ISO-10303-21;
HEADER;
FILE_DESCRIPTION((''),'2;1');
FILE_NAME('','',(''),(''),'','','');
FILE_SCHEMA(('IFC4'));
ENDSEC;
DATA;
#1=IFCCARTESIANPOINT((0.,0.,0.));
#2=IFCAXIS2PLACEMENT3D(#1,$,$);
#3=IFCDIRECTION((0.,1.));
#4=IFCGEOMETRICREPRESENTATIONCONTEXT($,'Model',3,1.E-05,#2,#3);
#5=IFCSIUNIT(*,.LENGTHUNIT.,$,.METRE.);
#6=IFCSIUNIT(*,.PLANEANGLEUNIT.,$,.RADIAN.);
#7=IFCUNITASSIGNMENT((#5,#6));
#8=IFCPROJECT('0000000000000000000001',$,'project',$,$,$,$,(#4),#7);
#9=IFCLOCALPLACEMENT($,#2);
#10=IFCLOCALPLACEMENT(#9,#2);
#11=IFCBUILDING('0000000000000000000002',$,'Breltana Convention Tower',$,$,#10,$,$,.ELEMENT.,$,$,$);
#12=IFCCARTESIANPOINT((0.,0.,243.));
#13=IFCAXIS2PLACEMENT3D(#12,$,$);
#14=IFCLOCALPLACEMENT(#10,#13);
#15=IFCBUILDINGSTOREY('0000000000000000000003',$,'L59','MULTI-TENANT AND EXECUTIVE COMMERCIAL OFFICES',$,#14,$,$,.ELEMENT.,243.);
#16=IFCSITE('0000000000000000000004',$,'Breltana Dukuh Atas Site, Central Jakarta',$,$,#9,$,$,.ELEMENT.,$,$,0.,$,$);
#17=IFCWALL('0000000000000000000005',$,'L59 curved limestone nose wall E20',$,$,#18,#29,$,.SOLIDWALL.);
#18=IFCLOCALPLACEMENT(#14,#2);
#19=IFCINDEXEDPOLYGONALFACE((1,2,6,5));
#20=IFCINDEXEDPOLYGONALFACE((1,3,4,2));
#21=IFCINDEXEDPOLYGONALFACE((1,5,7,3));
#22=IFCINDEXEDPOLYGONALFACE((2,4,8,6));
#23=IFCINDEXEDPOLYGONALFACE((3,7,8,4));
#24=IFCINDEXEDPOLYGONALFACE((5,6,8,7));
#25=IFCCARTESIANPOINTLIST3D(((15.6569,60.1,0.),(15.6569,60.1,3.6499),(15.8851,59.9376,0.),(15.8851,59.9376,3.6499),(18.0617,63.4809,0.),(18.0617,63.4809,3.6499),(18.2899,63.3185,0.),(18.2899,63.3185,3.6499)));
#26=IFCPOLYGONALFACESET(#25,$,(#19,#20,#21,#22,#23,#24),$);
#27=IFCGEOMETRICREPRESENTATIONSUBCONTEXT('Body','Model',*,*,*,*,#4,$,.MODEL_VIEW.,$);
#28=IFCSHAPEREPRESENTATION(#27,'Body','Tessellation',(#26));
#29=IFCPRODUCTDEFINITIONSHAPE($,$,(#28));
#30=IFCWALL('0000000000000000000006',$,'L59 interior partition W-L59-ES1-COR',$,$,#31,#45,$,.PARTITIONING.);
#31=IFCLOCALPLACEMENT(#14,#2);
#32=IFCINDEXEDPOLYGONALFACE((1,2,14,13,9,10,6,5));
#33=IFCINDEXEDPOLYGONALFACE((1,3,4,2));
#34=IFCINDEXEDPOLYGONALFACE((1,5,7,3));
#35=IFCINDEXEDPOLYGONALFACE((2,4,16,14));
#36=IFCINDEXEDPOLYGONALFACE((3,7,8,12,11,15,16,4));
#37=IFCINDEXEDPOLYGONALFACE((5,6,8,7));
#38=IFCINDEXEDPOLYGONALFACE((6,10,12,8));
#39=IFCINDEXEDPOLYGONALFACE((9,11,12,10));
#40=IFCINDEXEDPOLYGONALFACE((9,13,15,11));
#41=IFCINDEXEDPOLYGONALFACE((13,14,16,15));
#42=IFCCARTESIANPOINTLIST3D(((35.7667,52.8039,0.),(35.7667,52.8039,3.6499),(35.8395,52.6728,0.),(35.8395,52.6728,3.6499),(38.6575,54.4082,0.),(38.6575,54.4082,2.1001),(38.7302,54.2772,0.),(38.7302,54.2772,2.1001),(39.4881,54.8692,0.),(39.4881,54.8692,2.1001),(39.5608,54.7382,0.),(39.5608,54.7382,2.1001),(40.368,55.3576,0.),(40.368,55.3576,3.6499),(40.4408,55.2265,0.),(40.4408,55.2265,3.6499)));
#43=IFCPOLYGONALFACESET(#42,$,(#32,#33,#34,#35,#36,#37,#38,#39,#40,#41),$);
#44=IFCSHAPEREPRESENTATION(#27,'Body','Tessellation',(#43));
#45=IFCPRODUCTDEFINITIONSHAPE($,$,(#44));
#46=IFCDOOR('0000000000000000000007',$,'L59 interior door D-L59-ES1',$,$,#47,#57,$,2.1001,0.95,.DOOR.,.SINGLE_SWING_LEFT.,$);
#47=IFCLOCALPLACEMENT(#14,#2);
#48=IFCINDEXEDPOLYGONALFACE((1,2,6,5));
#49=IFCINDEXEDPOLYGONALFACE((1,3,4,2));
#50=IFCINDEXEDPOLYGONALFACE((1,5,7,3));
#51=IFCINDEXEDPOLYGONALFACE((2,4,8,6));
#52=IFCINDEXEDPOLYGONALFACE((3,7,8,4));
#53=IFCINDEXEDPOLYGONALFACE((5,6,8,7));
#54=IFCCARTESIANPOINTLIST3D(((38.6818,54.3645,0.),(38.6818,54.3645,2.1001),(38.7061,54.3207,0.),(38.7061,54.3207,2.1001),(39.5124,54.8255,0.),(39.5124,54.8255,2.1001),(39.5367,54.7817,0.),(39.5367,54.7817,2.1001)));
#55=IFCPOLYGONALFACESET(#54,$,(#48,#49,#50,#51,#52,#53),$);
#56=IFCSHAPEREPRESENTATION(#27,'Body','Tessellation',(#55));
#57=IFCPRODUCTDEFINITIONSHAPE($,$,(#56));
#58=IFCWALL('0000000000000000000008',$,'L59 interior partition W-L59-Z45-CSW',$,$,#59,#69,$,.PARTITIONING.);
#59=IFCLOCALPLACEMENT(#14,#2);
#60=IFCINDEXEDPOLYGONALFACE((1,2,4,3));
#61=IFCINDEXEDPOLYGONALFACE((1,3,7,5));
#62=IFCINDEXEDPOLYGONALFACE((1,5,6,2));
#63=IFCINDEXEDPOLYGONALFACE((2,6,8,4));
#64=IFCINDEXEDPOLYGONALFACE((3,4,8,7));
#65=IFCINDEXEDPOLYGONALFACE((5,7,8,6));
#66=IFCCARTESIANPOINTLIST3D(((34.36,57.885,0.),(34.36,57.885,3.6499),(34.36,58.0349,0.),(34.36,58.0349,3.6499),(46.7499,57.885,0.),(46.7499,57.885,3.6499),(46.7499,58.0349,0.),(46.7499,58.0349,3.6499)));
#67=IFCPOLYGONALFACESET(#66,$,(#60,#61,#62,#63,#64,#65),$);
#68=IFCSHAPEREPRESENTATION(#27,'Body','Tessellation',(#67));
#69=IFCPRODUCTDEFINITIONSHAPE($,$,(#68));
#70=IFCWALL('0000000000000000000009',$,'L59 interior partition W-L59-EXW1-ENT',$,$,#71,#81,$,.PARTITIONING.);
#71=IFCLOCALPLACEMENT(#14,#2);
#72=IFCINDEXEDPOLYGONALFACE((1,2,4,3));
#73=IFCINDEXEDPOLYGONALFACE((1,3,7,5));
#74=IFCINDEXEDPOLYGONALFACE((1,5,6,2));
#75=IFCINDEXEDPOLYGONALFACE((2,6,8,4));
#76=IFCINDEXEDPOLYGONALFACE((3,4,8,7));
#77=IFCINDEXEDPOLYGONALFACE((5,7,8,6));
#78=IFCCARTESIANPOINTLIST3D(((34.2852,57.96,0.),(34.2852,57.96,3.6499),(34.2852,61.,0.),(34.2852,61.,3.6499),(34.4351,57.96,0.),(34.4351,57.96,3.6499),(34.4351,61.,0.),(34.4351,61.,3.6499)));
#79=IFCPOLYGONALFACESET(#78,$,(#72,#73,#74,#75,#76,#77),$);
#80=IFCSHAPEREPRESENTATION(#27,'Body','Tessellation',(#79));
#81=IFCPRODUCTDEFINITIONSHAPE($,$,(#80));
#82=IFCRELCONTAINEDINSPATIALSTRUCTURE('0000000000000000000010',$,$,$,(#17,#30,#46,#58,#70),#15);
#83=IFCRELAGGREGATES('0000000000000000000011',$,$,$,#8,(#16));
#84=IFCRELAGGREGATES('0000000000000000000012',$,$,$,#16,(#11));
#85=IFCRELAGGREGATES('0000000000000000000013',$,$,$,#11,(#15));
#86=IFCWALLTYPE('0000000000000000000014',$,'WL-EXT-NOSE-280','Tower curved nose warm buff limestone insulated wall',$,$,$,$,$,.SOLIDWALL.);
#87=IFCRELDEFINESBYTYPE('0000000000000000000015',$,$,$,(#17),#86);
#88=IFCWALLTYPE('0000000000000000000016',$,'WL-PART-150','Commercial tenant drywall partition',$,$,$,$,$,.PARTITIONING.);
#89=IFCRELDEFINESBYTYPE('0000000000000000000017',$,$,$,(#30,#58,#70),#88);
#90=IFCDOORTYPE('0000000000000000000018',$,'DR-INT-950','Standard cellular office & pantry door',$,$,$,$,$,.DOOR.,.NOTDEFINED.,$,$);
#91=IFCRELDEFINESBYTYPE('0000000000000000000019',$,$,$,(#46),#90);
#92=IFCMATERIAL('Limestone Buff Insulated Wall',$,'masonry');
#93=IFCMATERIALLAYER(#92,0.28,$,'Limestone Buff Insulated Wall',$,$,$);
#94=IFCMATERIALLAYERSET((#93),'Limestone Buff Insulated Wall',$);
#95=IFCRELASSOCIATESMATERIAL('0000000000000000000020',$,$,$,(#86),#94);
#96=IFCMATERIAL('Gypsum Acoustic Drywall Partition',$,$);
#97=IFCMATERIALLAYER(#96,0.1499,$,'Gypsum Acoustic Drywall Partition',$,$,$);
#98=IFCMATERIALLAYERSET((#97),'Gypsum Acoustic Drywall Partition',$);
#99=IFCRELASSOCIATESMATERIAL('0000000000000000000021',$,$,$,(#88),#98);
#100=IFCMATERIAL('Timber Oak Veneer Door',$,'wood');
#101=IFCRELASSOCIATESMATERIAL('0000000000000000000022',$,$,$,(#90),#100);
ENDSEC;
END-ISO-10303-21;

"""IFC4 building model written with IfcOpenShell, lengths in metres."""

from ifc_helpers import new_model, si_unit, direction, frame, frame_2d, origin, place, context, subcontext, project, spatial, rectangle, extrude, source, transform, mapped, material, layer, layer_set, type_object, type_shapes, element, fill, save


model = new_model("IFC4")

# Units and contexts
model_context = context("Model", 3, precision=1e-05, world=origin(), true_north=direction((0.0, 1.0)))
body_context = subcontext(model_context, "Body", "Model", "MODEL_VIEW")
ifc_project = project(units=[si_unit("LENGTHUNIT", "METRE"), si_unit("PLANEANGLEUNIT", "RADIAN")], contexts=[model_context])

# Site, building, storey
site_placement = place(None, origin())
site = spatial("IfcSite", under=ifc_project, at=site_placement, Name="Breltana Dukuh Atas Site, Central Jakarta", CompositionType="ELEMENT", RefElevation=0.0)
building_placement = place(site_placement, origin())
building = spatial("IfcBuilding", under=site, at=building_placement, Name="Breltana Convention Tower", CompositionType="ELEMENT")
storey_placement = place(building_placement, frame((0.0, 0.0, 243.0)))
storey = spatial("IfcBuildingStorey", under=building, at=storey_placement, Name="L59", Description="MULTI-TENANT AND EXECUTIVE COMMERCIAL OFFICES", CompositionType="ELEMENT", Elevation=243.0)

# Shared definitions
ifc_material_1 = material(Name="Limestone Buff Insulated Wall", Category="masonry")
ifc_layer_1 = layer(ifc_material_1, 0.28, Name="Limestone Buff Insulated Wall")
ifc_layer_set_1 = layer_set([ifc_layer_1], Name="Limestone Buff Insulated Wall")
wall_type_1 = type_object("IfcWallType", Name="WL-EXT-NOSE-280", Description="Tower curved nose warm buff limestone insulated wall", PredefinedType="SOLIDWALL", material=ifc_layer_set_1)

# Wall
shared_shape_1 = source(origin(), body_context, "Body", "SweptSolid", [
    extrude(rectangle(XDim=4.1489, YDim=0.28, at=frame_2d((2.0745, 0.0))), origin(), (0.0, 0.0, 1.0), 3.6499),
])
wall_1_placement = place(storey_placement, frame((15.771, 60.0188, 0.0), z_axis=(0.0, 0.0, 1.0), x_axis=(0.579623, 0.814885, 0.0)))
element("IfcWall", 1, at=wall_1_placement, inside=storey, type_object=wall_type_1, Name="L59 curved limestone nose wall E20", PredefinedType="SOLIDWALL", context=body_context, shape_type="MappedRepresentation", body=[
    mapped(shared_shape_1, transform((0.0, 0.0, 0.0), scale=1.0)),
])

# Wall, opening, door
ifc_material_2 = material(Name="Gypsum Acoustic Drywall Partition")
ifc_layer_2 = layer(ifc_material_2, 0.1499, Name="Gypsum Acoustic Drywall Partition")
ifc_layer_set_2 = layer_set([ifc_layer_2], Name="Gypsum Acoustic Drywall Partition")
wall_type_2 = type_object("IfcWallType", Name="WL-PART-150", Description="Commercial tenant drywall partition", PredefinedType="PARTITIONING", material=ifc_layer_set_2)
shared_shape_2 = source(origin(), body_context, "Body", "SweptSolid", [
    extrude(rectangle(XDim=5.2625, YDim=0.1499, at=frame_2d((2.6313, 0.0))), origin(), (0.0, 0.0, 1.0), 3.6499),
])
wall_2_placement = place(storey_placement, frame((35.803, 52.7383, 0.0), z_axis=(0.0, 0.0, 1.0), x_axis=(0.874365, 0.485269, 0.0)))
wall_2 = element("IfcWall", 2, at=wall_2_placement, inside=storey, type_object=wall_type_2, Name="L59 interior partition W-L59-ES1-COR", PredefinedType="PARTITIONING", context=body_context, shape_type="MappedRepresentation", body=[
    mapped(shared_shape_2, transform((0.0, 0.0, 0.0), scale=1.0)),
])
opening_1_placement = place(wall_2_placement, frame((3.3062, 0.0, 0.0)))
opening_1 = element("IfcOpeningElement", 3, at=opening_1_placement, cuts=wall_2, PredefinedType="OPENING", context=body_context, shape_type="SweptSolid", body=[
    extrude(rectangle(XDim=0.95, YDim=2.1001, at=frame_2d((0.4751, 1.05))), frame((0.0, 0.085, 0.0), z_axis=(0.0, -1.0, 0.0), x_axis=(1.0, 0.0, 0.0)), (0.0, 0.0, 1.0), 0.1699),
])
ifc_material_3 = material(Name="Timber Oak Veneer Door", Category="wood")
door_type = type_object("IfcDoorType", Name="DR-INT-950", Description="Standard cellular office & pantry door", OperationType="NOTDEFINED", PredefinedType="DOOR", material=ifc_material_3)
shared_shape_3 = source(origin(), body_context, "Body", "SweptSolid", [
    extrude(rectangle(XDim=0.95, YDim=2.1001, at=frame_2d((0.4751, 1.05))), frame((0.0, 0.0249, 0.0), z_axis=(0.0, -1.0, 0.0), x_axis=(1.0, 0.0, 0.0)), (0.0, 0.0, 1.0), 0.05),
])
type_shapes(door_type, [shared_shape_3])
door_placement = place(opening_1_placement, origin())
door = element("IfcDoor", 4, at=door_placement, inside=storey, type_object=door_type, Name="L59 interior door D-L59-ES1", OperationType="SINGLE_SWING_LEFT", OverallHeight=2.1001, OverallWidth=0.95, PredefinedType="DOOR", context=body_context, shape_type="MappedRepresentation", body=[
    mapped(shared_shape_3, transform((0.0, 0.0, 0.0), scale=1.0)),
])
fill(opening_1, door)

# Walls
shared_shape_4 = source(origin(), body_context, "Body", "SweptSolid", [
    extrude(rectangle(XDim=12.3899, YDim=0.1499, at=frame_2d((6.1948, 0.0))), origin(), (0.0, 0.0, 1.0), 3.6499),
])
wall_3_placement = place(storey_placement, frame((34.3601, 57.96, 0.0), z_axis=(0.0, 0.0, 1.0), x_axis=(1.0, 0.0, 0.0)))
element("IfcWall", 5, at=wall_3_placement, inside=storey, type_object=wall_type_2, Name="L59 interior partition W-L59-Z45-CSW", PredefinedType="PARTITIONING", context=body_context, shape_type="MappedRepresentation", body=[
    mapped(shared_shape_4, transform((0.0, 0.0, 0.0), scale=1.0)),
])
shared_shape_5 = source(origin(), body_context, "Body", "SweptSolid", [
    extrude(rectangle(XDim=3.04, YDim=0.1499, at=frame_2d((1.52, 0.0))), origin(), (0.0, 0.0, 1.0), 3.6499),
])
wall_4_placement = place(storey_placement, frame((34.3601, 57.96, 0.0), z_axis=(0.0, 0.0, 1.0), x_axis=(0.0, 1.0, 0.0)))
element("IfcWall", 6, at=wall_4_placement, inside=storey, type_object=wall_type_2, Name="L59 interior partition W-L59-EXW1-ENT", PredefinedType="PARTITIONING", context=body_context, shape_type="MappedRepresentation", body=[
    mapped(shared_shape_5, transform((0.0, 0.0, 0.0), scale=1.0)),
])

save(model, "model.ifc")
